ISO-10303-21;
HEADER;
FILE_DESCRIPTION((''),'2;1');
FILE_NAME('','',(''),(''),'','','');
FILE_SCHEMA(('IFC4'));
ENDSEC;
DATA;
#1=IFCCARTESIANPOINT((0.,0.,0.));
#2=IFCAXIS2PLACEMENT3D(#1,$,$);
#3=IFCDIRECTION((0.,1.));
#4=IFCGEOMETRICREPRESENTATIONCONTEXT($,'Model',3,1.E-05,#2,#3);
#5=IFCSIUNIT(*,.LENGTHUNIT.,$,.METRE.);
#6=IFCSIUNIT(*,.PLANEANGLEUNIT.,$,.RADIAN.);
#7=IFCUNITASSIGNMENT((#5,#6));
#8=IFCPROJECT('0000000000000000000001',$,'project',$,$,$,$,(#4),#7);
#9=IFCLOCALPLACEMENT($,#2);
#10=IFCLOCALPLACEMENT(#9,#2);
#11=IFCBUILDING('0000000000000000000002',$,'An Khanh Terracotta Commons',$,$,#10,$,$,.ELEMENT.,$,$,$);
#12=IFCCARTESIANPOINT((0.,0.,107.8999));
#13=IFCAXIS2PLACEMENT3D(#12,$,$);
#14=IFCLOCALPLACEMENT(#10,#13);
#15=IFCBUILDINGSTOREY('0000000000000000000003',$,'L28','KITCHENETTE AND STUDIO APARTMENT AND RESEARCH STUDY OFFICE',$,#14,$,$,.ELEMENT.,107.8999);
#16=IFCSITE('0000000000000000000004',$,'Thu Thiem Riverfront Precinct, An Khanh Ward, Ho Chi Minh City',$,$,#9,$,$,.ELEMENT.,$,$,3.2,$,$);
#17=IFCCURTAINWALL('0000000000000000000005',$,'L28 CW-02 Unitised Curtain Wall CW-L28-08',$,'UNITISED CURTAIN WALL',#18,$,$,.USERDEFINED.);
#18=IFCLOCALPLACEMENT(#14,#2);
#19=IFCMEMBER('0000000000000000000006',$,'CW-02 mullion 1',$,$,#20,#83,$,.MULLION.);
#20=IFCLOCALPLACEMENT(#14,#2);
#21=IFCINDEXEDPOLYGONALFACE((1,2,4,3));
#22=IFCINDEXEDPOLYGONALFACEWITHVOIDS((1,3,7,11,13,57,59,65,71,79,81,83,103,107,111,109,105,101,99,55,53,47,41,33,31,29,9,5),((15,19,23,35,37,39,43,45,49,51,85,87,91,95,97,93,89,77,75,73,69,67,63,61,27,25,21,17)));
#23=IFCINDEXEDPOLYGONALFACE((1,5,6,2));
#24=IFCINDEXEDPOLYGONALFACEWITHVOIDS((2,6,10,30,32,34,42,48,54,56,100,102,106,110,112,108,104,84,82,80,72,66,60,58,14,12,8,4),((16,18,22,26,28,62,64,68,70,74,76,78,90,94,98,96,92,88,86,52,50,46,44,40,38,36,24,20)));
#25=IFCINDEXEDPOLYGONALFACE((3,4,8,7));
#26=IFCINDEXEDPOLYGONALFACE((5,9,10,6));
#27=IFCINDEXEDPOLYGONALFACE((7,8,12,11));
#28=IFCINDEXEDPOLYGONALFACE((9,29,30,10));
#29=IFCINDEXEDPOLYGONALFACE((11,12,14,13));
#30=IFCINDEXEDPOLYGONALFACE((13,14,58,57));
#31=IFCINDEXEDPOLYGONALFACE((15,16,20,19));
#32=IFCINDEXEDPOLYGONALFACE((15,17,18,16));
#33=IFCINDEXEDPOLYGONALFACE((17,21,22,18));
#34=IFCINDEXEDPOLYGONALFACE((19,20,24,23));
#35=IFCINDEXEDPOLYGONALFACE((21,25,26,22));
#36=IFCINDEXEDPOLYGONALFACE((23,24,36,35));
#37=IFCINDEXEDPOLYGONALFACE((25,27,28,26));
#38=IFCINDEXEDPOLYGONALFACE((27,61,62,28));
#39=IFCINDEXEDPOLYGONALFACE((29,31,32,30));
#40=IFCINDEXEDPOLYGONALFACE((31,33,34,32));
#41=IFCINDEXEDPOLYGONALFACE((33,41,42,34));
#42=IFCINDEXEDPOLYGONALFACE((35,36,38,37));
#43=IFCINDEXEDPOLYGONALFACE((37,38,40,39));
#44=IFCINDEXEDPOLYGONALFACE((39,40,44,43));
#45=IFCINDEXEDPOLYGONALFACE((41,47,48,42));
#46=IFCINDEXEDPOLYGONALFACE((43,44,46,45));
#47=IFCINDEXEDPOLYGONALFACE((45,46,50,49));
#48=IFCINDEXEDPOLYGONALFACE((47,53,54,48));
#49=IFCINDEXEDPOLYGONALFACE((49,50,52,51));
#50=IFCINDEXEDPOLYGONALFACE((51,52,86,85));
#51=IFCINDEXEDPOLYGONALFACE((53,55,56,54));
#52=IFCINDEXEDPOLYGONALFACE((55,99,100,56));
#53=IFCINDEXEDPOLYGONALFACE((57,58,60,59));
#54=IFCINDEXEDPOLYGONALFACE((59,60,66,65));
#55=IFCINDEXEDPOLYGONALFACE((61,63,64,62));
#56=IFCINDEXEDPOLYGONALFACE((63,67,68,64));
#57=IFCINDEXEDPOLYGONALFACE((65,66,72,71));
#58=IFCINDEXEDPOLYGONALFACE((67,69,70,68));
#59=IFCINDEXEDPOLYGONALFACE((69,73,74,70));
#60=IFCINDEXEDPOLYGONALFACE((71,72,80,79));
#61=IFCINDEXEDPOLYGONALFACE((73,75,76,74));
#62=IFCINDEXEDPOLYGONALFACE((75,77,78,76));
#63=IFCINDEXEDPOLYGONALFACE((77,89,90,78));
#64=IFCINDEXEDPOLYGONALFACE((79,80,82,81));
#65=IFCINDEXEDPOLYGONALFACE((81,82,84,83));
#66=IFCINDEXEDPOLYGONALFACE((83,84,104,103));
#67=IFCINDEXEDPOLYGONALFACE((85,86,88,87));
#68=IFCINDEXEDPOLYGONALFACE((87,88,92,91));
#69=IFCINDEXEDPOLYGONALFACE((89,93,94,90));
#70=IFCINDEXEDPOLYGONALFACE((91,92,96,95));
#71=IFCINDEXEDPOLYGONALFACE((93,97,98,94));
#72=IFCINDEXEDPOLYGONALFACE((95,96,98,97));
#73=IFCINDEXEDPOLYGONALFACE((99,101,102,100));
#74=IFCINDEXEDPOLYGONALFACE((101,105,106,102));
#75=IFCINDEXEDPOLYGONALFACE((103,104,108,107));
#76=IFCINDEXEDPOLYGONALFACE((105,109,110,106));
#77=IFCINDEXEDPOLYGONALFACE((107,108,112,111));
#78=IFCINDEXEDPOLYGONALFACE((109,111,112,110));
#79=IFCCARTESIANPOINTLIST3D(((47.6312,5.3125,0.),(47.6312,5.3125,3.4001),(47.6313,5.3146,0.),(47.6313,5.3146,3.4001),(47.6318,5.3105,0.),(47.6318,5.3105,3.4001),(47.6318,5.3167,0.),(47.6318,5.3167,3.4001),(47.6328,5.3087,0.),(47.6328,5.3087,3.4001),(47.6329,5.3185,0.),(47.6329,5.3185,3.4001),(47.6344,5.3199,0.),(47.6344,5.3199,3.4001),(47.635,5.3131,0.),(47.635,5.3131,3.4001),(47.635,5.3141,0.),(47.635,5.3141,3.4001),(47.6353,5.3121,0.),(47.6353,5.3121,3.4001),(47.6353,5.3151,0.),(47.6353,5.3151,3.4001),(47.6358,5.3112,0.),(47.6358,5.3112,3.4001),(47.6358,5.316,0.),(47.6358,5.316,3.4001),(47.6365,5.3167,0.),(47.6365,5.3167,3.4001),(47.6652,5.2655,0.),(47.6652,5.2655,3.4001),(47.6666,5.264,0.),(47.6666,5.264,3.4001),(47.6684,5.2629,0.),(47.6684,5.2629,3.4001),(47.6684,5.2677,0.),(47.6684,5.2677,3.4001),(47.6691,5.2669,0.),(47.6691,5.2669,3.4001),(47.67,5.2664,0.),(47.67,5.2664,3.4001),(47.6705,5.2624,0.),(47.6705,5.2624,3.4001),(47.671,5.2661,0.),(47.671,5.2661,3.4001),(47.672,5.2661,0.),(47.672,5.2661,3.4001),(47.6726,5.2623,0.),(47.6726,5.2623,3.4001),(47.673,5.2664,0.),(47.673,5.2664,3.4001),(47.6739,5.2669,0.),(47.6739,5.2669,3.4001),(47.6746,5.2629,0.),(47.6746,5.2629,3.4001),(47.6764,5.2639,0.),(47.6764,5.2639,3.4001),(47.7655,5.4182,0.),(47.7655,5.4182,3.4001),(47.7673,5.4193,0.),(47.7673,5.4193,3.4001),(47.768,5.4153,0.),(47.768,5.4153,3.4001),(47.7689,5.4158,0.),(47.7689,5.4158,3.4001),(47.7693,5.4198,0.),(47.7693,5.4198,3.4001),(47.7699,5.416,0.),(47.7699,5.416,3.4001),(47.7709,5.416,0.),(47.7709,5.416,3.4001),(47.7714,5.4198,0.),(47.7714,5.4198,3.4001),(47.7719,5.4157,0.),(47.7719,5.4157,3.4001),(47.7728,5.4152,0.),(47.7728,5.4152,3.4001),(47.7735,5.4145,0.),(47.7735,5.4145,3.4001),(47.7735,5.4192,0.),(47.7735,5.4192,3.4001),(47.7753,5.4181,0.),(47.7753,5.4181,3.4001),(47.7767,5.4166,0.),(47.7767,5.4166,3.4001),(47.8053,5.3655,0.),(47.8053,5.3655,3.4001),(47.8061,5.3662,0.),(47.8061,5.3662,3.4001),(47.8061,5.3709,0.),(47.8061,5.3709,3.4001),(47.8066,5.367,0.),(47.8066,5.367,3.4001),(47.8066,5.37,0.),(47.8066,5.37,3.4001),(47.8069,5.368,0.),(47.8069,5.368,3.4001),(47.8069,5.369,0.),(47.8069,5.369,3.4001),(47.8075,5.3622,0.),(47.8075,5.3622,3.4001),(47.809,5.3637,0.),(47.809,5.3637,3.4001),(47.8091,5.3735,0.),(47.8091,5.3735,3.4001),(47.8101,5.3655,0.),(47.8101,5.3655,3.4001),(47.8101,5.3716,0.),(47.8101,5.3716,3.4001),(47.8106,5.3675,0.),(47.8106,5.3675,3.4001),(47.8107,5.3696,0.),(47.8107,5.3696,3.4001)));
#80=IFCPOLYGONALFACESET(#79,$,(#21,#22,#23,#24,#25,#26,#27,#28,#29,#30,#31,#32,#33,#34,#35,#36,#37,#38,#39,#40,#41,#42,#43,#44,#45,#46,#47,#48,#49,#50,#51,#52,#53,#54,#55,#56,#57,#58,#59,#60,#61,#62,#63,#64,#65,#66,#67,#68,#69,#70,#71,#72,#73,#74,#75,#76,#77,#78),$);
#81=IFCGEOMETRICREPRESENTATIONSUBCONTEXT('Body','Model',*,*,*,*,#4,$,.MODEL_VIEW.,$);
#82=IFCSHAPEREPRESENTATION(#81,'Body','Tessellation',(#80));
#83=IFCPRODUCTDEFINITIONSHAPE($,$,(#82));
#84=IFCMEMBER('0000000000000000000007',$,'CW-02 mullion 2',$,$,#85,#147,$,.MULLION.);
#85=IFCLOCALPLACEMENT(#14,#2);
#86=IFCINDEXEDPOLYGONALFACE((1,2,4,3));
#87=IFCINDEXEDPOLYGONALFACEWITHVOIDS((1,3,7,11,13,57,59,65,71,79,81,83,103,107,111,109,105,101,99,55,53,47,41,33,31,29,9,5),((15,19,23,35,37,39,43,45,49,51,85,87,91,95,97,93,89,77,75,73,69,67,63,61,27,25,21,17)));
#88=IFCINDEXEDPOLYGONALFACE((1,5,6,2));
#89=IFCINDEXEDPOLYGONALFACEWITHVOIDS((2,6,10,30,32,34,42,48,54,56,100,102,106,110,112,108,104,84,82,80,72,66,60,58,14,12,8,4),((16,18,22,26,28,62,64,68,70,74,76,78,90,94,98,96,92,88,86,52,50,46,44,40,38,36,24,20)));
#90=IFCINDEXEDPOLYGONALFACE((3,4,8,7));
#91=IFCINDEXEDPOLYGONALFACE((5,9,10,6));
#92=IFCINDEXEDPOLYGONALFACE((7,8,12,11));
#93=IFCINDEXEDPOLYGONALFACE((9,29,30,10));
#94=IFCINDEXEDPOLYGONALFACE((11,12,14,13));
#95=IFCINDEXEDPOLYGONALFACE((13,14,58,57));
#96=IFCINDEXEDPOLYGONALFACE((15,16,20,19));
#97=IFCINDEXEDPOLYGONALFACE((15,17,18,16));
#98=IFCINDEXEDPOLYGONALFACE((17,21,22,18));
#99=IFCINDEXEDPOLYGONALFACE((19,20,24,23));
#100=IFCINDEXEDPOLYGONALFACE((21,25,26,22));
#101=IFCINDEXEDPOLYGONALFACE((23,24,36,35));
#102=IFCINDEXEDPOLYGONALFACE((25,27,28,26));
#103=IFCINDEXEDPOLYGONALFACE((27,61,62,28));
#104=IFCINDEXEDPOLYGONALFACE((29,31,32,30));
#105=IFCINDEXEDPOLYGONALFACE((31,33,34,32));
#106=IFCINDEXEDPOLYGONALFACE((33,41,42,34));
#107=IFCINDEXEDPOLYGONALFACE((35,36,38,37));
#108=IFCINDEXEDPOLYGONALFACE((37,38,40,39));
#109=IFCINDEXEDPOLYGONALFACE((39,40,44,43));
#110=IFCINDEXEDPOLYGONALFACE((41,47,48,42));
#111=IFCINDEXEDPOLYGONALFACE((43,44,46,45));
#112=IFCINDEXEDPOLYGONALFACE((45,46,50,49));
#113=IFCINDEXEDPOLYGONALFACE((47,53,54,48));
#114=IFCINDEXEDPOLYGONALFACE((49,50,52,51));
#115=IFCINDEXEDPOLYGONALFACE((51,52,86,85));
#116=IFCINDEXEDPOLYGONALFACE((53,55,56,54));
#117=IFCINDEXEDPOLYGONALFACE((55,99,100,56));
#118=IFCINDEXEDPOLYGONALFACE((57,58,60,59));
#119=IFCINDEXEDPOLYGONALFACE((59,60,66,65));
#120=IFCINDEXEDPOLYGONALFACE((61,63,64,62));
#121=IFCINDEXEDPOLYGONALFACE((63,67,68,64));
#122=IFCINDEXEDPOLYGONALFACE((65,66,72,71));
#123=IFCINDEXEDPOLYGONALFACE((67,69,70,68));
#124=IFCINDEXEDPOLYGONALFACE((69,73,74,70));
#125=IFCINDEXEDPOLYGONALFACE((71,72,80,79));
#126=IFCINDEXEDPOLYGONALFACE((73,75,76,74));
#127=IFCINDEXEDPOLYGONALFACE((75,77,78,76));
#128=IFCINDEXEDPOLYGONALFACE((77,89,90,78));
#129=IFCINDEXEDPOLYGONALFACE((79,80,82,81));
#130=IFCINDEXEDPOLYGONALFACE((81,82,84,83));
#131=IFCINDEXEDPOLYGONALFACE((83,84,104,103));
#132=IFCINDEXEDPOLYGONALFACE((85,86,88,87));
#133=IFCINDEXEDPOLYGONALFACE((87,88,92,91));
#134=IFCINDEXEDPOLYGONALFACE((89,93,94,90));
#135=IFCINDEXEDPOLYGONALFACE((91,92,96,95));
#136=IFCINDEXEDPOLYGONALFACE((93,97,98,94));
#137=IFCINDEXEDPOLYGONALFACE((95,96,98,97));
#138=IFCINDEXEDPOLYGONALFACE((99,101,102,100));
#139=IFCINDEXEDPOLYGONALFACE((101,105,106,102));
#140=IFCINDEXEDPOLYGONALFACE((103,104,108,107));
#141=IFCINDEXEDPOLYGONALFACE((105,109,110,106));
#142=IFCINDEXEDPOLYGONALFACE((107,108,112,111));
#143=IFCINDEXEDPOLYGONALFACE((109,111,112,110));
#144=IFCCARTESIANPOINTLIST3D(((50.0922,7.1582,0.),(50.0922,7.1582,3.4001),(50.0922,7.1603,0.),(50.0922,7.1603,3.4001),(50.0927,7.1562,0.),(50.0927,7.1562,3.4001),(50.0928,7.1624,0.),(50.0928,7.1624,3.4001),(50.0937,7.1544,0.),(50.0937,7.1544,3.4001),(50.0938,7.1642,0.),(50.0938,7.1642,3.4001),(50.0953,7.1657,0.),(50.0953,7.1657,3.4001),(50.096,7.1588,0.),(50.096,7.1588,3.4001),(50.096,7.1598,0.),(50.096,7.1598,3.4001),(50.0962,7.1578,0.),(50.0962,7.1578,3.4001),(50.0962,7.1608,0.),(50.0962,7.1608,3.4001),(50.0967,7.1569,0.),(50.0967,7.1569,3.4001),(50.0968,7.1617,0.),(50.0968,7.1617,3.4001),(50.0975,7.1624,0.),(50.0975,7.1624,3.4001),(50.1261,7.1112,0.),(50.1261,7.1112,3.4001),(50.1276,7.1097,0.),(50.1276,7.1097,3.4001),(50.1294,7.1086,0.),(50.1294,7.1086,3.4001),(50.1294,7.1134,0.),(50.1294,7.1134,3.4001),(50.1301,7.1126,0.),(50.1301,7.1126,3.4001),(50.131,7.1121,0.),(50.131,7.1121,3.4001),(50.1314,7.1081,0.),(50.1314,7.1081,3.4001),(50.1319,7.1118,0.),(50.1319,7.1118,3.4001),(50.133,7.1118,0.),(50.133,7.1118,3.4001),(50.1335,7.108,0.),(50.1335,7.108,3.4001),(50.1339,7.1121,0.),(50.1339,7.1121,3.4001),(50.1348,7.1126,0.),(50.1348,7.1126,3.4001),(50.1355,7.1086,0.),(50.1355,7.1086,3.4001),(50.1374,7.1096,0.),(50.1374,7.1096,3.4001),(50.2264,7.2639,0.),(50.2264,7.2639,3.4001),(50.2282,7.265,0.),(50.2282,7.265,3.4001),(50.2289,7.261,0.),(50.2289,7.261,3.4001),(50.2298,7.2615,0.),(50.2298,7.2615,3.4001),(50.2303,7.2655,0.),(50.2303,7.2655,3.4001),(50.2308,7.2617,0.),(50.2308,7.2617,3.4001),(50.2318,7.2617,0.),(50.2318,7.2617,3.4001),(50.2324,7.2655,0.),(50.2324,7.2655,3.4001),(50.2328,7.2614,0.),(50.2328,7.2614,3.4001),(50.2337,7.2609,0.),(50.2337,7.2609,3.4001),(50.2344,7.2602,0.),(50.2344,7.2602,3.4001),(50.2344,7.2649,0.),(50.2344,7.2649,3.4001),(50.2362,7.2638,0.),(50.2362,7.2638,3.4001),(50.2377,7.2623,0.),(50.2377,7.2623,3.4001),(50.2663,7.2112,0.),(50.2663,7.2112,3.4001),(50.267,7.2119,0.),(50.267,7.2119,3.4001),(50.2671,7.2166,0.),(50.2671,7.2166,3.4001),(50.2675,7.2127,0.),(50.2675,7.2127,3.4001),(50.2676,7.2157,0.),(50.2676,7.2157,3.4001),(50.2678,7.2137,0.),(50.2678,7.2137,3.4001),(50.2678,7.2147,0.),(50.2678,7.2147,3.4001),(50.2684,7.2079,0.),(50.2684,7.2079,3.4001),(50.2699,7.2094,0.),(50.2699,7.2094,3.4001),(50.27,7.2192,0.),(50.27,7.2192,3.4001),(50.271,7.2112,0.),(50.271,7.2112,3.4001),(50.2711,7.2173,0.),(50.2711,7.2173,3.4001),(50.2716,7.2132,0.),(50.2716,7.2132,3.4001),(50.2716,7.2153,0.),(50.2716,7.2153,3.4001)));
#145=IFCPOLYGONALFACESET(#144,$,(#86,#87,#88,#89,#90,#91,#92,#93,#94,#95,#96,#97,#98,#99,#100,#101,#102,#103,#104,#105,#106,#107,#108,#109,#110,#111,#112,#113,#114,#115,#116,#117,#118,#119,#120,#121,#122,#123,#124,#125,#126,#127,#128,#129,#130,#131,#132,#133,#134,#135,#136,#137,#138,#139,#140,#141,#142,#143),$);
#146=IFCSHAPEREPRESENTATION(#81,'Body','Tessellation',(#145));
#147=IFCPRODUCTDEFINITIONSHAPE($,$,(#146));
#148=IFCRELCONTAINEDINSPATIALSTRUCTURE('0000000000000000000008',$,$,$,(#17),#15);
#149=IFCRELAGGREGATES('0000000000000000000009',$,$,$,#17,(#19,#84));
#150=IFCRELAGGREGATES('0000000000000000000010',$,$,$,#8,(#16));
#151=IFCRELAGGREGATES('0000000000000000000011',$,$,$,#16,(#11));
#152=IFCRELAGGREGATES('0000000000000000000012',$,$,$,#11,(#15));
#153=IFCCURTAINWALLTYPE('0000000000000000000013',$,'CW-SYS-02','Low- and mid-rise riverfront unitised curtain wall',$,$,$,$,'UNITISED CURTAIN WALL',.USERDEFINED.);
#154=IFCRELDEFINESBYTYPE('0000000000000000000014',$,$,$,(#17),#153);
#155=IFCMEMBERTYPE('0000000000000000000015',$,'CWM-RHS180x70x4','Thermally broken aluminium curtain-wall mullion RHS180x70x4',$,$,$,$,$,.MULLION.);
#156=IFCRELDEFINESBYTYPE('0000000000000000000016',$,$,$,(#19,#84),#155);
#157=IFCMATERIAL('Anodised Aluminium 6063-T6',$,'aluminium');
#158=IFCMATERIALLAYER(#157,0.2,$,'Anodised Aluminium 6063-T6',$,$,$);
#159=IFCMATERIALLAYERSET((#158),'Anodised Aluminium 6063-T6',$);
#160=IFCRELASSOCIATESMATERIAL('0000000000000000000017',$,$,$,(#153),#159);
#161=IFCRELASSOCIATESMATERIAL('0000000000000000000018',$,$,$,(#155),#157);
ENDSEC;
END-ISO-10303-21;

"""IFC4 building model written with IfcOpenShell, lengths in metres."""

from ifc_helpers import new_model, si_unit, direction, frame, origin, origin_2d, place, context, subcontext, project, spatial, hollow_rectangle, extrude, material, layer, layer_set, material_profile, profile_set, type_object, element, aggregate, save


model = new_model("IFC4")

# Units and contexts
model_context = context("Model", 3, precision=1e-05, world=origin(), true_north=direction((0.0, 1.0)))
body_context = subcontext(model_context, "Body", "Model", "MODEL_VIEW")
ifc_project = project(units=[si_unit("LENGTHUNIT", "METRE"), si_unit("PLANEANGLEUNIT", "RADIAN")], contexts=[model_context])

# Site, building, storey
site_placement = place(None, origin())
site = spatial("IfcSite", under=ifc_project, at=site_placement, Name="Thu Thiem Riverfront Precinct, An Khanh Ward, Ho Chi Minh City", CompositionType="ELEMENT", RefElevation=3.2)
building_placement = place(site_placement, origin())
building = spatial("IfcBuilding", under=site, at=building_placement, Name="An Khanh Terracotta Commons", CompositionType="ELEMENT")
storey_placement = place(building_placement, frame((0.0, 0.0, 107.8999)))
storey = spatial("IfcBuildingStorey", under=building, at=storey_placement, Name="L28", Description="KITCHENETTE AND STUDIO APARTMENT AND RESEARCH STUDY OFFICE", CompositionType="ELEMENT", Elevation=107.8999)

# Curtain wall, members
ifc_material_1 = material(Name="Anodised Aluminium 6063-T6", Category="aluminium")
ifc_layer_1 = layer(ifc_material_1, 0.2, Name="Anodised Aluminium 6063-T6")
ifc_layer_set_1 = layer_set([ifc_layer_1], Name="Anodised Aluminium 6063-T6")
curtain_wall_type = type_object("IfcCurtainWallType", Name="CW-SYS-02", Description="Low- and mid-rise riverfront unitised curtain wall", ElementType="UNITISED CURTAIN WALL", PredefinedType="USERDEFINED", material=ifc_layer_set_1)
curtain_wall_placement = place(storey_placement, origin())
curtain_wall = element("IfcCurtainWall", 1, at=curtain_wall_placement, inside=storey, type_object=curtain_wall_type, Name="L28 CW-02 Unitised Curtain Wall CW-L28-08", ObjectType="UNITISED CURTAIN WALL", PredefinedType="USERDEFINED")
ifc_material_profile_1 = material_profile(ifc_material_1, hollow_rectangle(XDim=0.0701, YDim=0.1799, WallThickness=0.0039, InnerFilletRadius=0.0039, OuterFilletRadius=0.0081, at=origin_2d()), Name="RHS180x70x4")
ifc_profile_set_1 = profile_set([ifc_material_profile_1], Name="Anodised Aluminium 6063-T6")
member_type_1 = type_object("IfcMemberType", Name="CWM-RHS180x70x4", Description="Thermally broken aluminium curtain-wall mullion RHS180x70x4", PredefinedType="MULLION", material=ifc_profile_set_1)
member_1_placement = place(storey_placement, frame((47.7209, 5.3411, 0.0), z_axis=(0.0, 0.0, 1.0), x_axis=(-0.599983, 0.800013, 0.0)))
member_1 = element("IfcMember", 2, at=member_1_placement, type_object=member_type_1, Name="CW-02 mullion 1", PredefinedType="MULLION", context=body_context, shape_type="SweptSolid", body=[
    extrude(hollow_rectangle(XDim=0.0701, YDim=0.1799, WallThickness=0.0039, InnerFilletRadius=0.0039, OuterFilletRadius=0.0081, at=origin_2d()), origin(), (0.0, 0.0, 1.0), 3.4001),
])
member_2_placement = place(storey_placement, frame((50.1819, 7.1868, 0.0), z_axis=(0.0, 0.0, 1.0), x_axis=(-0.599983, 0.800013, 0.0)))
member_2 = element("IfcMember", 3, at=member_2_placement, type_object=member_type_1, Name="CW-02 mullion 2", PredefinedType="MULLION", context=body_context, shape_type="SweptSolid", body=[
    extrude(hollow_rectangle(XDim=0.0701, YDim=0.1799, WallThickness=0.0039, InnerFilletRadius=0.0039, OuterFilletRadius=0.0081, at=origin_2d()), origin(), (0.0, 0.0, 1.0), 3.4001),
])
aggregate(curtain_wall, [member_1, member_2])

save(model, "model.ifc")
